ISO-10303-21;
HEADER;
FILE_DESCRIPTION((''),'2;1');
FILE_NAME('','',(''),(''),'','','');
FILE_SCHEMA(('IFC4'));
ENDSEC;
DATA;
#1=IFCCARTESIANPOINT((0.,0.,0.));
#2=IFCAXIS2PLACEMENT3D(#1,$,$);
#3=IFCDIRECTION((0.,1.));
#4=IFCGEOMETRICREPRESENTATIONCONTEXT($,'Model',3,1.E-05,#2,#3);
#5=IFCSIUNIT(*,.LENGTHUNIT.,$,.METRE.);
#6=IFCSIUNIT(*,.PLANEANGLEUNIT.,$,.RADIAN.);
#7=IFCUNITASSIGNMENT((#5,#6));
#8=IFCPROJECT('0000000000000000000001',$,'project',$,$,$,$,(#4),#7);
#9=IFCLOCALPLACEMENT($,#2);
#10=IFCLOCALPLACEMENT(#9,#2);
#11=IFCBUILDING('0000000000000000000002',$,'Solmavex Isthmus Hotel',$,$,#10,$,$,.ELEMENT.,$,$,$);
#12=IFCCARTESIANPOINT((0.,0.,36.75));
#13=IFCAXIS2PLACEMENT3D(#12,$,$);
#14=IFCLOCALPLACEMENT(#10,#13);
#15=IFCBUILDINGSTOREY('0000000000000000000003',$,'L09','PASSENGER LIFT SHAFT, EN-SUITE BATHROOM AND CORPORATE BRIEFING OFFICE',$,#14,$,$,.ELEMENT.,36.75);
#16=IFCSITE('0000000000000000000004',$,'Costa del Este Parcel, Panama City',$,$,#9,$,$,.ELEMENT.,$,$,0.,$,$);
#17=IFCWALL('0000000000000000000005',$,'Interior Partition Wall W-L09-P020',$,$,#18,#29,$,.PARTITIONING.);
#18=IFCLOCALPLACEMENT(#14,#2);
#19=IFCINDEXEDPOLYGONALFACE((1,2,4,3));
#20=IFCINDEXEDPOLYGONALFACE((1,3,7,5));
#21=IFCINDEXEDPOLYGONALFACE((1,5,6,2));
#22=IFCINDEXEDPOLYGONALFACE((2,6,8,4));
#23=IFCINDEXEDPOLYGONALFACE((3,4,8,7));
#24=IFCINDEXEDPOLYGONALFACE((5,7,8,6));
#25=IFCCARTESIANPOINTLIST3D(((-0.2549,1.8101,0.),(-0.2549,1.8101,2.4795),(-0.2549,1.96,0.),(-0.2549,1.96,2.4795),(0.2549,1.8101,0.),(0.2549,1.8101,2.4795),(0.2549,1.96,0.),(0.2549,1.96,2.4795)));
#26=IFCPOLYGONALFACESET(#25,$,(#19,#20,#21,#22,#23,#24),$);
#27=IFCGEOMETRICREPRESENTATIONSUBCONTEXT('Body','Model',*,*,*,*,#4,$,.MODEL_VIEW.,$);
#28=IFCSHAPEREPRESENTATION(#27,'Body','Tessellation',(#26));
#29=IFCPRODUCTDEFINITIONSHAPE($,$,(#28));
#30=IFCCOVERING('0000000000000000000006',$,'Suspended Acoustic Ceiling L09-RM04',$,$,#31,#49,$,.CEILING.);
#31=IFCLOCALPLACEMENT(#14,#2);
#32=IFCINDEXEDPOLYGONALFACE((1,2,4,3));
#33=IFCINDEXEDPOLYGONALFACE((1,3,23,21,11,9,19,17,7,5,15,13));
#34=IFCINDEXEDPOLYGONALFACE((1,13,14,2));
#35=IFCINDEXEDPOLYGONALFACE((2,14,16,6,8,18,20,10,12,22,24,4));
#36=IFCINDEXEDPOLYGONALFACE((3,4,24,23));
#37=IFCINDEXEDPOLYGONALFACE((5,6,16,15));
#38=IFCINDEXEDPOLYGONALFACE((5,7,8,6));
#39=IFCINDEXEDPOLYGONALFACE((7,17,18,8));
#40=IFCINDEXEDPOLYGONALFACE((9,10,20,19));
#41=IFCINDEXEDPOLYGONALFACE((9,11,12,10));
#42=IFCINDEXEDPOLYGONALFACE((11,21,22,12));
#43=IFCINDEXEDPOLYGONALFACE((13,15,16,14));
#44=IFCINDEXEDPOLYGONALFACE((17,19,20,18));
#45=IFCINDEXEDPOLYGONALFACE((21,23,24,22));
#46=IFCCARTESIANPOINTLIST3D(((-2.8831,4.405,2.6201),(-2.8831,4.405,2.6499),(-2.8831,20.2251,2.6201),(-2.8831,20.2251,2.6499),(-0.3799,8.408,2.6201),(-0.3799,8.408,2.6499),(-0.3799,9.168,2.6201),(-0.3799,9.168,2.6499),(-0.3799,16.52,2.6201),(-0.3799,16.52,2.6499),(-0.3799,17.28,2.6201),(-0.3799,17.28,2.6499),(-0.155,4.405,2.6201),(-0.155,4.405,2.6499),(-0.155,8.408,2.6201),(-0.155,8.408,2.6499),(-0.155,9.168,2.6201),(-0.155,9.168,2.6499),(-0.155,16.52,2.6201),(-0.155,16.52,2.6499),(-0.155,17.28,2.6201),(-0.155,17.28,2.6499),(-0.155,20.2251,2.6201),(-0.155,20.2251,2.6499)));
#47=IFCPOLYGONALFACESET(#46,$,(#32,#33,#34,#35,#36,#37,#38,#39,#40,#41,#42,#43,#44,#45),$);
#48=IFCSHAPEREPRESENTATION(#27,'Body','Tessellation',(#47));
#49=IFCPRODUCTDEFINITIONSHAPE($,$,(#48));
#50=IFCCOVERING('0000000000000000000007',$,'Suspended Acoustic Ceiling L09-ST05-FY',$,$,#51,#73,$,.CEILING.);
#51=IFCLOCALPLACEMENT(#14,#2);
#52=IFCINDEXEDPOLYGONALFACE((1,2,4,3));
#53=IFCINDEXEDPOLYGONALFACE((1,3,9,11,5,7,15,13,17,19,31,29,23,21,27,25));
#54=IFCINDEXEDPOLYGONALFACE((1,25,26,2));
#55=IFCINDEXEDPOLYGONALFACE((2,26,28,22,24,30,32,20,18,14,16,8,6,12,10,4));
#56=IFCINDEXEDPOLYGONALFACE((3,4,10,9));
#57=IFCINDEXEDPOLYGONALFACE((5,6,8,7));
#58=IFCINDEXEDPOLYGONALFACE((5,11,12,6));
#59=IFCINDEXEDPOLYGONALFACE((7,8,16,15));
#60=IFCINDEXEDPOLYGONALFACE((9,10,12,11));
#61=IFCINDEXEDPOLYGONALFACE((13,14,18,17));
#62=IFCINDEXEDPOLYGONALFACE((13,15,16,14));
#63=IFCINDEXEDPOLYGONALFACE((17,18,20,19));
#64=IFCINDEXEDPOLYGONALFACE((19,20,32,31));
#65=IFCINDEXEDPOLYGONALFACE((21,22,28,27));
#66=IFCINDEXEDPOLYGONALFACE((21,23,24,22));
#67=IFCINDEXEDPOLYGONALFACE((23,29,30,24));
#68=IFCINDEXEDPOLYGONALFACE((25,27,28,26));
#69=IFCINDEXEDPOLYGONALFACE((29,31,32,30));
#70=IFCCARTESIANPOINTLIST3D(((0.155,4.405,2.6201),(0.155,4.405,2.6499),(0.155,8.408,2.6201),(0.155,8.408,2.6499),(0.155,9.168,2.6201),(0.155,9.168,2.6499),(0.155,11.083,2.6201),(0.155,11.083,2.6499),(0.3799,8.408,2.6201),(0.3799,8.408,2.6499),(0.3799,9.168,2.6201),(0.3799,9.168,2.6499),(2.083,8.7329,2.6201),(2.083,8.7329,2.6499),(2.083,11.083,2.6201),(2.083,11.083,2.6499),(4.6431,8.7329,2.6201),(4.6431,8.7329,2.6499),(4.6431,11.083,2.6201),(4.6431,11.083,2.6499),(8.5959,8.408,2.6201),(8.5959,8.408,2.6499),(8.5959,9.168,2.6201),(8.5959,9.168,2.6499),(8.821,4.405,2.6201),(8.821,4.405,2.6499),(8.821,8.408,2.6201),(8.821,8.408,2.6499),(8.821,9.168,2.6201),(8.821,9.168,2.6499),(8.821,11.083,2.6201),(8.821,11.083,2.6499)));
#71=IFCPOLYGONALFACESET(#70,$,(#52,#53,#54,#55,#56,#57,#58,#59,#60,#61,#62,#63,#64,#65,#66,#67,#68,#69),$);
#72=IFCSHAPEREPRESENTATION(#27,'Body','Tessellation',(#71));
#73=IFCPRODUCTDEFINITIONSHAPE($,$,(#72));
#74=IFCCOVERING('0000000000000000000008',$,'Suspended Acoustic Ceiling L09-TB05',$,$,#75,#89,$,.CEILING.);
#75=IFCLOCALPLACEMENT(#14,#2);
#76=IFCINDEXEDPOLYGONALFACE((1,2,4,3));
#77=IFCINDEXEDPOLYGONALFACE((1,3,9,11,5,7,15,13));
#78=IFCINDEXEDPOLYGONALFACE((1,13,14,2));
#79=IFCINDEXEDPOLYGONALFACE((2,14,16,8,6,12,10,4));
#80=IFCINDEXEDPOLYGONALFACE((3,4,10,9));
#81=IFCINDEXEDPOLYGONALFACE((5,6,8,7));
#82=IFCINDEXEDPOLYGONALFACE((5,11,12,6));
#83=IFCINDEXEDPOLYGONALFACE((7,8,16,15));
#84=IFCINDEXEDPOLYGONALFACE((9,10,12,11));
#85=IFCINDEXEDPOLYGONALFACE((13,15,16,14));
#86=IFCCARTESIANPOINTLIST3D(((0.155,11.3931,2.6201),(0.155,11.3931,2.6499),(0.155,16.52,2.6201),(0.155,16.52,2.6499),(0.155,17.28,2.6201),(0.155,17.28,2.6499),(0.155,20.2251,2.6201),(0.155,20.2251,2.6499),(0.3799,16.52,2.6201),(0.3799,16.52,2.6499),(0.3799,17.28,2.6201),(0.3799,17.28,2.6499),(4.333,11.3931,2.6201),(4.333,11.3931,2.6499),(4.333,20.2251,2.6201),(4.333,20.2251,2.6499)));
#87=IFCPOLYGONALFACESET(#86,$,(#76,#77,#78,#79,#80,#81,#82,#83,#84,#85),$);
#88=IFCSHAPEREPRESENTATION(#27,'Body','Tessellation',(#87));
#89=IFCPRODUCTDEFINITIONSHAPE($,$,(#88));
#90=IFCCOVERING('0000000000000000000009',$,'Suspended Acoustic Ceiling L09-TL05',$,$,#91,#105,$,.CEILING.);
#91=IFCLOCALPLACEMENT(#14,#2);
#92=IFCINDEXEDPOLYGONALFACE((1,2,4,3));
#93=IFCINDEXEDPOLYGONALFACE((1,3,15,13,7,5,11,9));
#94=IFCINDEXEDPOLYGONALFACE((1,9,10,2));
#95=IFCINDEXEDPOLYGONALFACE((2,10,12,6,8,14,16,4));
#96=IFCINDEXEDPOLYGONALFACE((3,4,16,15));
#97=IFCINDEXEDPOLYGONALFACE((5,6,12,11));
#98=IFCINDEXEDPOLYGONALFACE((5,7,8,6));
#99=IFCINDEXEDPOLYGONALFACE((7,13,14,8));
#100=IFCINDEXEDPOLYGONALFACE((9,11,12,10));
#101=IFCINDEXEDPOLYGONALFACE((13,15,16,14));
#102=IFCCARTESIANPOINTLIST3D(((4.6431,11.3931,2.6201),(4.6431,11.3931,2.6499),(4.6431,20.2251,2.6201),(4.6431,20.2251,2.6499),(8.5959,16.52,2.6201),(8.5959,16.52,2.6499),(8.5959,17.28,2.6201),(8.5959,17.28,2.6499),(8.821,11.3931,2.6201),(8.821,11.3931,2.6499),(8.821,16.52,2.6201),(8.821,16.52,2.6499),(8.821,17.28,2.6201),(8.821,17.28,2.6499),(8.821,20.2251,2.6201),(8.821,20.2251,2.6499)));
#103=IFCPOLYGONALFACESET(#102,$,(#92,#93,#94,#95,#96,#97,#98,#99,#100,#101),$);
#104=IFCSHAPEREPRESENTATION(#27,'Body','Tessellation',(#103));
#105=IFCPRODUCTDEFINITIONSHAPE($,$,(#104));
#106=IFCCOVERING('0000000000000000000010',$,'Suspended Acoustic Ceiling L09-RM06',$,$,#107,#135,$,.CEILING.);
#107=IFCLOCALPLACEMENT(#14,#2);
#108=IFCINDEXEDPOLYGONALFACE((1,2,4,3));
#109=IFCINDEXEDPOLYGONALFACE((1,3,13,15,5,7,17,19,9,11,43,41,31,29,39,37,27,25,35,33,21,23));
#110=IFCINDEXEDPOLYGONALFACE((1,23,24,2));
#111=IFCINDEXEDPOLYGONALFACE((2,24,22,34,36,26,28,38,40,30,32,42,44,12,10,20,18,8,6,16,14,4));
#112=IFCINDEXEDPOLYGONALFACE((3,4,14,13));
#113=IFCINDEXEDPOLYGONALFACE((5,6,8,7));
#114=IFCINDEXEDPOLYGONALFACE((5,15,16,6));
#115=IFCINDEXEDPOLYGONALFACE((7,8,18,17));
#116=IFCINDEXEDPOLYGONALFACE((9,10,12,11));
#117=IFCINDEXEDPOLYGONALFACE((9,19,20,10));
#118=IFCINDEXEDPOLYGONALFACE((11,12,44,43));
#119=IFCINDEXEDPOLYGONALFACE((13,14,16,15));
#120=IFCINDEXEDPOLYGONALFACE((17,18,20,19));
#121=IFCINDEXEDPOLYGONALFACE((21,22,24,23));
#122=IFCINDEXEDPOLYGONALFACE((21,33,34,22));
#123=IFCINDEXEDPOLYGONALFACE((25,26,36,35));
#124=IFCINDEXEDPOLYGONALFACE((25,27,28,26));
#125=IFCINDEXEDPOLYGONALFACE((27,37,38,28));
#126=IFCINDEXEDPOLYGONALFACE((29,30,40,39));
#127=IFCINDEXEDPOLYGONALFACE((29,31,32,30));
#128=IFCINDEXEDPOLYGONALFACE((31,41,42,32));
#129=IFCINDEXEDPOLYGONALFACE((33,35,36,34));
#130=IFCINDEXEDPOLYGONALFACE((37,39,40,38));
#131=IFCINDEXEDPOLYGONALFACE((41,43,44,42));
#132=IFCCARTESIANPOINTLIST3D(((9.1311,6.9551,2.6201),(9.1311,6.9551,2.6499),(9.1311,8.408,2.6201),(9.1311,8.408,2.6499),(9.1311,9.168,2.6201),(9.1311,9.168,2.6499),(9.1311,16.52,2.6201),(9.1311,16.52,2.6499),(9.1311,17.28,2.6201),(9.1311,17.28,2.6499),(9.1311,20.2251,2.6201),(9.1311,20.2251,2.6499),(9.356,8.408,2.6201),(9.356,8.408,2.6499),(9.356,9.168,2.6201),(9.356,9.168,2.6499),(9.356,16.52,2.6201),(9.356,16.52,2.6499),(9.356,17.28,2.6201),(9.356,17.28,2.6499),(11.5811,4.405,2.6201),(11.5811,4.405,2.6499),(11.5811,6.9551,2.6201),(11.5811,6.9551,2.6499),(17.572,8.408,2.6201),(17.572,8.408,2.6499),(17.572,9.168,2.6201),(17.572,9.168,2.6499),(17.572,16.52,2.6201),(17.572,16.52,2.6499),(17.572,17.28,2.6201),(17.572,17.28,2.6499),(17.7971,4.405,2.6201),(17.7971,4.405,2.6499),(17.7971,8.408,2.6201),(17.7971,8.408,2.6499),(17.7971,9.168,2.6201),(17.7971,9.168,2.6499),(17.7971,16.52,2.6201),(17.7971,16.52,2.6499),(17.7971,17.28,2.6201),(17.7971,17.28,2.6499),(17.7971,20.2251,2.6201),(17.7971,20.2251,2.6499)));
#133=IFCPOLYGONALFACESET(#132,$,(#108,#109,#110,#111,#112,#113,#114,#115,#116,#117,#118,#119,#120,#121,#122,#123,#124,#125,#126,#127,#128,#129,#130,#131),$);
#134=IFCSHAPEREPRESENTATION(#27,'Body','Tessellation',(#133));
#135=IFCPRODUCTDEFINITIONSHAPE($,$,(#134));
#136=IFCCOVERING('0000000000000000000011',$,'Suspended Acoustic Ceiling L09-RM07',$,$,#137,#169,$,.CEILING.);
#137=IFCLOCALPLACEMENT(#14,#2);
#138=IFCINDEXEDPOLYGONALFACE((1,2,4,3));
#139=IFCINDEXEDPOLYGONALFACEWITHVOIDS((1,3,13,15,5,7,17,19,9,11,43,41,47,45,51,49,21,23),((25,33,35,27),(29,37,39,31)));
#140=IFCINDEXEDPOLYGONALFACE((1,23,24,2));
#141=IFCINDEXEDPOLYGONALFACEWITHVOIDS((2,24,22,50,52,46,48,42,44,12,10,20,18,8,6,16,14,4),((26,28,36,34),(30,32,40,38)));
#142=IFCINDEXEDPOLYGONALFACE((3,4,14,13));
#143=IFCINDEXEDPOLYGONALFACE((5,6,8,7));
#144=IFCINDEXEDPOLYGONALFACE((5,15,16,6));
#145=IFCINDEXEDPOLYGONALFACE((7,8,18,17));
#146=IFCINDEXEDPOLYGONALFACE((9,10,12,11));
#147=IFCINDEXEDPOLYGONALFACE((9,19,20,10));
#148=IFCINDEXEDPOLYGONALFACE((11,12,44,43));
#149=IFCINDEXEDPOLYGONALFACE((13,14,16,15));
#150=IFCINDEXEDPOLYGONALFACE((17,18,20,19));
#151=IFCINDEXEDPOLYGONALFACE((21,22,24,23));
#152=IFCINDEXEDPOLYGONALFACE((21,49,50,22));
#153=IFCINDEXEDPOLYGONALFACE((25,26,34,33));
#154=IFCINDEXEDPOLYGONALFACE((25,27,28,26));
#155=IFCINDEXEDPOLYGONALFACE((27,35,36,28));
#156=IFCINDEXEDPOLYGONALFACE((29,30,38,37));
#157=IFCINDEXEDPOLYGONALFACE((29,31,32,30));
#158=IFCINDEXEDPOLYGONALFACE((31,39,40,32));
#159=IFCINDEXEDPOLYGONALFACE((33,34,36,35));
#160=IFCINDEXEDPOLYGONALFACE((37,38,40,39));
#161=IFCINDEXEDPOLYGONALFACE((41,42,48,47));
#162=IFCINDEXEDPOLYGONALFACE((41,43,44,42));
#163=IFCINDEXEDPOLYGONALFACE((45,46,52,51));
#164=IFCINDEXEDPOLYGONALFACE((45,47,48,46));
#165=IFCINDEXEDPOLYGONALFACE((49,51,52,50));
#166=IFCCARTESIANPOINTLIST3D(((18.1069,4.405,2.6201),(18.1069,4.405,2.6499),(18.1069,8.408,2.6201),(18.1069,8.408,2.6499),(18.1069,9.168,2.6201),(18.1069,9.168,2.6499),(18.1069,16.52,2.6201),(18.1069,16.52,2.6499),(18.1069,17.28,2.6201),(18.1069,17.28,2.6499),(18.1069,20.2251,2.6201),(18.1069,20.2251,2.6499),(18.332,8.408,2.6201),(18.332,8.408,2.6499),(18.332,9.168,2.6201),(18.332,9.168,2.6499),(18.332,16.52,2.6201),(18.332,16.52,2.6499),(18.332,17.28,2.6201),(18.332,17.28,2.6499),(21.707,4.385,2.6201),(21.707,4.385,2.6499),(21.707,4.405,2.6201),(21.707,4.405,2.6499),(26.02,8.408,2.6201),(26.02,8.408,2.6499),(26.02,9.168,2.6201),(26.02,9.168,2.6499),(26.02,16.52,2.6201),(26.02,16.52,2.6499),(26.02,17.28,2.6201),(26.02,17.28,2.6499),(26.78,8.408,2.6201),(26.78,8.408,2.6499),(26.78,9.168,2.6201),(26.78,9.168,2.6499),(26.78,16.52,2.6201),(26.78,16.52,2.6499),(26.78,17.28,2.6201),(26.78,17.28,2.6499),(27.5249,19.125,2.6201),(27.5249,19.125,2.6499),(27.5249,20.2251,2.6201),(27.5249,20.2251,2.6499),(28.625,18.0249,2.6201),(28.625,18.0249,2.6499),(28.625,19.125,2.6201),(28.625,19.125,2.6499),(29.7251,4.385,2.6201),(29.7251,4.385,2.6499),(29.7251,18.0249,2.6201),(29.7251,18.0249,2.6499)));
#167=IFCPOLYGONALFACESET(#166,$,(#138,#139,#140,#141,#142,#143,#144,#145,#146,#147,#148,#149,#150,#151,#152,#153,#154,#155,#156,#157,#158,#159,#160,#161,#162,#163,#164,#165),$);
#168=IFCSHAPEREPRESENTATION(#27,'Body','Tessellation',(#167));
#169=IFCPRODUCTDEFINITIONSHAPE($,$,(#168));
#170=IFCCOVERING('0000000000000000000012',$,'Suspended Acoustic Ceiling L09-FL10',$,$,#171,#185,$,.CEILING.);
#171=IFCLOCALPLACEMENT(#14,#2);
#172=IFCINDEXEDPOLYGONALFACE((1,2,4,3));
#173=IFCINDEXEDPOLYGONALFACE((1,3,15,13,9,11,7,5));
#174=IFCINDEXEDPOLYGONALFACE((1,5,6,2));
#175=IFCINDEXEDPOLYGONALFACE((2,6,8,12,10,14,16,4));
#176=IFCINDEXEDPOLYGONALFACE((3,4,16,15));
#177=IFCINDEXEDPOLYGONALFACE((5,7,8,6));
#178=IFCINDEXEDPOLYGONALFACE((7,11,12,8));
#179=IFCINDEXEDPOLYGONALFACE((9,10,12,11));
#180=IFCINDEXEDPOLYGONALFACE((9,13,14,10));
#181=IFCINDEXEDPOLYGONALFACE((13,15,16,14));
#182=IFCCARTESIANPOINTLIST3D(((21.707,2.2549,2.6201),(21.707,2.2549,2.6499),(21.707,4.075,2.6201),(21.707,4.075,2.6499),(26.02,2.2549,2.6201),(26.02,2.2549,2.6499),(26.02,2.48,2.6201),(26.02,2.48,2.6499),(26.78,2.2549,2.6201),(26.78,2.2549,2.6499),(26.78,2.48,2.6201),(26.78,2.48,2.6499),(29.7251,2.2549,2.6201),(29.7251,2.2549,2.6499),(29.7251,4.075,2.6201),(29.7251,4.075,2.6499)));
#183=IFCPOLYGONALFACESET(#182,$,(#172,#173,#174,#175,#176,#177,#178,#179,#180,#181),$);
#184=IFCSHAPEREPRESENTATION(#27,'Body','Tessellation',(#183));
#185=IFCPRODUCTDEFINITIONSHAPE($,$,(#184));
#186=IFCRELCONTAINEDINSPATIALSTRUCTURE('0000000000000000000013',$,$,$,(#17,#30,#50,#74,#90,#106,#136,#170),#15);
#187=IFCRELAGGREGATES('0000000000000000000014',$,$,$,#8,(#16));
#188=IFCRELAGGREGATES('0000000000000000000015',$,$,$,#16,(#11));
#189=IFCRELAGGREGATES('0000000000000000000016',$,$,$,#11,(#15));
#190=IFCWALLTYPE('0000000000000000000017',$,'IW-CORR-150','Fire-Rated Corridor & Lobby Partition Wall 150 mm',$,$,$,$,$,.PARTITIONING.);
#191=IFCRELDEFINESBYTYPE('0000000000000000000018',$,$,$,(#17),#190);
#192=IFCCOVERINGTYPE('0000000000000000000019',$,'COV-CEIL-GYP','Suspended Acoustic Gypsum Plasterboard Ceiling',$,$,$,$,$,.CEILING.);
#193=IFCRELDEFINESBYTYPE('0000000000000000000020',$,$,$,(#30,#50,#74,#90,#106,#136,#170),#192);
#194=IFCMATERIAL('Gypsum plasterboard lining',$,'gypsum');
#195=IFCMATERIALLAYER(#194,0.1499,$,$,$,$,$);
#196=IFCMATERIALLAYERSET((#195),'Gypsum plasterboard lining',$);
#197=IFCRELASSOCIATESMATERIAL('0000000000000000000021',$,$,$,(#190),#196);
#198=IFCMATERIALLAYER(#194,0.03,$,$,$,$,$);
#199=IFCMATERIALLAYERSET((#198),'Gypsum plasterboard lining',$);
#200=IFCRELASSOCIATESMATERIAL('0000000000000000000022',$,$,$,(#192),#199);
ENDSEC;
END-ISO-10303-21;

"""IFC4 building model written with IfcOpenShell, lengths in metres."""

from ifc_helpers import new_model, si_unit, direction, frame, frame_2d, origin, place, context, subcontext, project, spatial, polyline, rectangle, outline, extrude, material, layer, layer_set, type_object, element, save


model = new_model("IFC4")

# Units and contexts
model_context = context("Model", 3, precision=1e-05, world=origin(), true_north=direction((0.0, 1.0)))
body_context = subcontext(model_context, "Body", "Model", "MODEL_VIEW")
ifc_project = project(units=[si_unit("LENGTHUNIT", "METRE"), si_unit("PLANEANGLEUNIT", "RADIAN")], contexts=[model_context])

# Site, building, storey
site_placement = place(None, origin())
site = spatial("IfcSite", under=ifc_project, at=site_placement, Name="Costa del Este Parcel, Panama City", CompositionType="ELEMENT", RefElevation=0.0)
building_placement = place(site_placement, origin())
building = spatial("IfcBuilding", under=site, at=building_placement, Name="Solmavex Isthmus Hotel", CompositionType="ELEMENT")
storey_placement = place(building_placement, frame((0.0, 0.0, 36.75)))
storey = spatial("IfcBuildingStorey", under=building, at=storey_placement, Name="L09", Description="PASSENGER LIFT SHAFT, EN-SUITE BATHROOM AND CORPORATE BRIEFING OFFICE", CompositionType="ELEMENT", Elevation=36.75)

# Wall
ifc_material_1 = material(Name="Gypsum plasterboard lining", Category="gypsum")
ifc_layer_1 = layer(ifc_material_1, 0.1499)
ifc_layer_set_1 = layer_set([ifc_layer_1], Name="Gypsum plasterboard lining")
wall_type = type_object("IfcWallType", Name="IW-CORR-150", Description="Fire-Rated Corridor & Lobby Partition Wall 150 mm", PredefinedType="PARTITIONING", material=ifc_layer_set_1)
wall_placement = place(storey_placement, frame((0.2549, 1.885, 0.0), z_axis=(0.0, 0.0, 1.0), x_axis=(-1.0, 0.0, 0.0)))
element("IfcWall", 1, at=wall_placement, inside=storey, type_object=wall_type, Name="Interior Partition Wall W-L09-P020", PredefinedType="PARTITIONING", context=body_context, shape_type="SweptSolid", body=[
    extrude(rectangle(XDim=0.5098, YDim=0.1499, at=frame_2d((0.2549, 0.0))), origin(), (0.0, 0.0, 1.0), 2.4795),
])

# Coverings
ifc_layer_2 = layer(ifc_material_1, 0.03)
ifc_layer_set_2 = layer_set([ifc_layer_2], Name="Gypsum plasterboard lining")
covering_type_1 = type_object("IfcCoveringType", Name="COV-CEIL-GYP", Description="Suspended Acoustic Gypsum Plasterboard Ceiling", PredefinedType="CEILING", material=ifc_layer_set_2)
covering_1_placement = place(storey_placement, frame((0.0, 0.0, 2.6201)))
element("IfcCovering", 2, at=covering_1_placement, inside=storey, type_object=covering_type_1, Name="Suspended Acoustic Ceiling L09-RM04", PredefinedType="CEILING", context=body_context, shape_type="SweptSolid", body=[
    extrude(outline(polyline([(-0.155, 16.52), (-0.3799, 16.52), (-0.3799, 17.28), (-0.155, 17.28), (-0.155, 20.2251), (-2.8831, 20.2251), (-2.8831, 4.405), (-0.155, 4.405), (-0.155, 8.408), (-0.3799, 8.408), (-0.3799, 9.168), (-0.155, 9.168), (-0.155, 16.52)])), origin(), (0.0, 0.0, 1.0), 0.0298),
])
covering_2_placement = place(storey_placement, frame((0.0, 0.0, 2.6201)))
element("IfcCovering", 3, at=covering_2_placement, inside=storey, type_object=covering_type_1, Name="Suspended Acoustic Ceiling L09-ST05-FY", PredefinedType="CEILING", context=body_context, shape_type="SweptSolid", body=[
    extrude(outline(polyline([(8.821, 8.408), (8.5959, 8.408), (8.5959, 9.168), (8.821, 9.168), (8.821, 11.083), (4.6431, 11.083), (4.6431, 8.7329), (2.083, 8.7329), (2.083, 11.083), (0.155, 11.083), (0.155, 9.168), (0.3799, 9.168), (0.3799, 8.408), (0.155, 8.408), (0.155, 4.405), (8.821, 4.405), (8.821, 8.408)])), origin(), (0.0, 0.0, 1.0), 0.0298),
])
covering_3_placement = place(storey_placement, frame((0.0, 0.0, 2.6201)))
element("IfcCovering", 4, at=covering_3_placement, inside=storey, type_object=covering_type_1, Name="Suspended Acoustic Ceiling L09-TB05", PredefinedType="CEILING", context=body_context, shape_type="SweptSolid", body=[
    extrude(outline(polyline([(0.155, 17.28), (0.3799, 17.28), (0.3799, 16.52), (0.155, 16.52), (0.155, 11.3931), (4.333, 11.3931), (4.333, 20.2251), (0.155, 20.2251), (0.155, 17.28)])), origin(), (0.0, 0.0, 1.0), 0.0298),
])
covering_4_placement = place(storey_placement, frame((0.0, 0.0, 2.6201)))
element("IfcCovering", 5, at=covering_4_placement, inside=storey, type_object=covering_type_1, Name="Suspended Acoustic Ceiling L09-TL05", PredefinedType="CEILING", context=body_context, shape_type="SweptSolid", body=[
    extrude(outline(polyline([(8.821, 16.52), (8.5959, 16.52), (8.5959, 17.28), (8.821, 17.28), (8.821, 20.2251), (4.6431, 20.2251), (4.6431, 11.3931), (8.821, 11.3931), (8.821, 16.52)])), origin(), (0.0, 0.0, 1.0), 0.0298),
])
covering_5_placement = place(storey_placement, frame((0.0, 0.0, 2.6201)))
element("IfcCovering", 6, at=covering_5_placement, inside=storey, type_object=covering_type_1, Name="Suspended Acoustic Ceiling L09-RM06", PredefinedType="CEILING", context=body_context, shape_type="SweptSolid", body=[
    extrude(outline(polyline([(9.1311, 9.168), (9.356, 9.168), (9.356, 8.408), (9.1311, 8.408), (9.1311, 6.9551), (11.5811, 6.9551), (11.5811, 4.405), (17.7971, 4.405), (17.7971, 8.408), (17.572, 8.408), (17.572, 9.168), (17.7971, 9.168), (17.7971, 16.52), (17.572, 16.52), (17.572, 17.28), (17.7971, 17.28), (17.7971, 20.2251), (9.1311, 20.2251), (9.1311, 17.28), (9.356, 17.28), (9.356, 16.52), (9.1311, 16.52), (9.1311, 9.168)])), origin(), (0.0, 0.0, 1.0), 0.0298),
])
covering_6_placement = place(storey_placement, frame((0.0, 0.0, 2.6201)))
element("IfcCovering", 7, at=covering_6_placement, inside=storey, type_object=covering_type_1, Name="Suspended Acoustic Ceiling L09-RM07", PredefinedType="CEILING", context=body_context, shape_type="SweptSolid", body=[
    extrude(outline(polyline([(18.1069, 9.168), (18.332, 9.168), (18.332, 8.408), (18.1069, 8.408), (18.1069, 4.405), (21.707, 4.405), (21.707, 4.385), (29.7251, 4.385), (29.7251, 18.0249), (28.625, 18.0249), (28.625, 19.125), (27.5249, 19.125), (27.5249, 20.2251), (18.1069, 20.2251), (18.1069, 17.28), (18.332, 17.28), (18.332, 16.52), (18.1069, 16.52), (18.1069, 9.168)]), holes=[polyline([(26.02, 8.408), (26.02, 9.168), (26.78, 9.168), (26.78, 8.408), (26.02, 8.408)]), polyline([(26.02, 16.52), (26.02, 17.28), (26.78, 17.28), (26.78, 16.52), (26.02, 16.52)])]), origin(), (0.0, 0.0, 1.0), 0.0298),
])
covering_7_placement = place(storey_placement, frame((0.0, 0.0, 2.6201)))
element("IfcCovering", 8, at=covering_7_placement, inside=storey, type_object=covering_type_1, Name="Suspended Acoustic Ceiling L09-FL10", PredefinedType="CEILING", context=body_context, shape_type="SweptSolid", body=[
    extrude(outline(polyline([(26.02, 2.2549), (26.02, 2.48), (26.78, 2.48), (26.78, 2.2549), (29.7251, 2.2549), (29.7251, 4.075), (21.707, 4.075), (21.707, 2.2549), (26.02, 2.2549)])), origin(), (0.0, 0.0, 1.0), 0.0298),
])

save(model, "model.ifc")
